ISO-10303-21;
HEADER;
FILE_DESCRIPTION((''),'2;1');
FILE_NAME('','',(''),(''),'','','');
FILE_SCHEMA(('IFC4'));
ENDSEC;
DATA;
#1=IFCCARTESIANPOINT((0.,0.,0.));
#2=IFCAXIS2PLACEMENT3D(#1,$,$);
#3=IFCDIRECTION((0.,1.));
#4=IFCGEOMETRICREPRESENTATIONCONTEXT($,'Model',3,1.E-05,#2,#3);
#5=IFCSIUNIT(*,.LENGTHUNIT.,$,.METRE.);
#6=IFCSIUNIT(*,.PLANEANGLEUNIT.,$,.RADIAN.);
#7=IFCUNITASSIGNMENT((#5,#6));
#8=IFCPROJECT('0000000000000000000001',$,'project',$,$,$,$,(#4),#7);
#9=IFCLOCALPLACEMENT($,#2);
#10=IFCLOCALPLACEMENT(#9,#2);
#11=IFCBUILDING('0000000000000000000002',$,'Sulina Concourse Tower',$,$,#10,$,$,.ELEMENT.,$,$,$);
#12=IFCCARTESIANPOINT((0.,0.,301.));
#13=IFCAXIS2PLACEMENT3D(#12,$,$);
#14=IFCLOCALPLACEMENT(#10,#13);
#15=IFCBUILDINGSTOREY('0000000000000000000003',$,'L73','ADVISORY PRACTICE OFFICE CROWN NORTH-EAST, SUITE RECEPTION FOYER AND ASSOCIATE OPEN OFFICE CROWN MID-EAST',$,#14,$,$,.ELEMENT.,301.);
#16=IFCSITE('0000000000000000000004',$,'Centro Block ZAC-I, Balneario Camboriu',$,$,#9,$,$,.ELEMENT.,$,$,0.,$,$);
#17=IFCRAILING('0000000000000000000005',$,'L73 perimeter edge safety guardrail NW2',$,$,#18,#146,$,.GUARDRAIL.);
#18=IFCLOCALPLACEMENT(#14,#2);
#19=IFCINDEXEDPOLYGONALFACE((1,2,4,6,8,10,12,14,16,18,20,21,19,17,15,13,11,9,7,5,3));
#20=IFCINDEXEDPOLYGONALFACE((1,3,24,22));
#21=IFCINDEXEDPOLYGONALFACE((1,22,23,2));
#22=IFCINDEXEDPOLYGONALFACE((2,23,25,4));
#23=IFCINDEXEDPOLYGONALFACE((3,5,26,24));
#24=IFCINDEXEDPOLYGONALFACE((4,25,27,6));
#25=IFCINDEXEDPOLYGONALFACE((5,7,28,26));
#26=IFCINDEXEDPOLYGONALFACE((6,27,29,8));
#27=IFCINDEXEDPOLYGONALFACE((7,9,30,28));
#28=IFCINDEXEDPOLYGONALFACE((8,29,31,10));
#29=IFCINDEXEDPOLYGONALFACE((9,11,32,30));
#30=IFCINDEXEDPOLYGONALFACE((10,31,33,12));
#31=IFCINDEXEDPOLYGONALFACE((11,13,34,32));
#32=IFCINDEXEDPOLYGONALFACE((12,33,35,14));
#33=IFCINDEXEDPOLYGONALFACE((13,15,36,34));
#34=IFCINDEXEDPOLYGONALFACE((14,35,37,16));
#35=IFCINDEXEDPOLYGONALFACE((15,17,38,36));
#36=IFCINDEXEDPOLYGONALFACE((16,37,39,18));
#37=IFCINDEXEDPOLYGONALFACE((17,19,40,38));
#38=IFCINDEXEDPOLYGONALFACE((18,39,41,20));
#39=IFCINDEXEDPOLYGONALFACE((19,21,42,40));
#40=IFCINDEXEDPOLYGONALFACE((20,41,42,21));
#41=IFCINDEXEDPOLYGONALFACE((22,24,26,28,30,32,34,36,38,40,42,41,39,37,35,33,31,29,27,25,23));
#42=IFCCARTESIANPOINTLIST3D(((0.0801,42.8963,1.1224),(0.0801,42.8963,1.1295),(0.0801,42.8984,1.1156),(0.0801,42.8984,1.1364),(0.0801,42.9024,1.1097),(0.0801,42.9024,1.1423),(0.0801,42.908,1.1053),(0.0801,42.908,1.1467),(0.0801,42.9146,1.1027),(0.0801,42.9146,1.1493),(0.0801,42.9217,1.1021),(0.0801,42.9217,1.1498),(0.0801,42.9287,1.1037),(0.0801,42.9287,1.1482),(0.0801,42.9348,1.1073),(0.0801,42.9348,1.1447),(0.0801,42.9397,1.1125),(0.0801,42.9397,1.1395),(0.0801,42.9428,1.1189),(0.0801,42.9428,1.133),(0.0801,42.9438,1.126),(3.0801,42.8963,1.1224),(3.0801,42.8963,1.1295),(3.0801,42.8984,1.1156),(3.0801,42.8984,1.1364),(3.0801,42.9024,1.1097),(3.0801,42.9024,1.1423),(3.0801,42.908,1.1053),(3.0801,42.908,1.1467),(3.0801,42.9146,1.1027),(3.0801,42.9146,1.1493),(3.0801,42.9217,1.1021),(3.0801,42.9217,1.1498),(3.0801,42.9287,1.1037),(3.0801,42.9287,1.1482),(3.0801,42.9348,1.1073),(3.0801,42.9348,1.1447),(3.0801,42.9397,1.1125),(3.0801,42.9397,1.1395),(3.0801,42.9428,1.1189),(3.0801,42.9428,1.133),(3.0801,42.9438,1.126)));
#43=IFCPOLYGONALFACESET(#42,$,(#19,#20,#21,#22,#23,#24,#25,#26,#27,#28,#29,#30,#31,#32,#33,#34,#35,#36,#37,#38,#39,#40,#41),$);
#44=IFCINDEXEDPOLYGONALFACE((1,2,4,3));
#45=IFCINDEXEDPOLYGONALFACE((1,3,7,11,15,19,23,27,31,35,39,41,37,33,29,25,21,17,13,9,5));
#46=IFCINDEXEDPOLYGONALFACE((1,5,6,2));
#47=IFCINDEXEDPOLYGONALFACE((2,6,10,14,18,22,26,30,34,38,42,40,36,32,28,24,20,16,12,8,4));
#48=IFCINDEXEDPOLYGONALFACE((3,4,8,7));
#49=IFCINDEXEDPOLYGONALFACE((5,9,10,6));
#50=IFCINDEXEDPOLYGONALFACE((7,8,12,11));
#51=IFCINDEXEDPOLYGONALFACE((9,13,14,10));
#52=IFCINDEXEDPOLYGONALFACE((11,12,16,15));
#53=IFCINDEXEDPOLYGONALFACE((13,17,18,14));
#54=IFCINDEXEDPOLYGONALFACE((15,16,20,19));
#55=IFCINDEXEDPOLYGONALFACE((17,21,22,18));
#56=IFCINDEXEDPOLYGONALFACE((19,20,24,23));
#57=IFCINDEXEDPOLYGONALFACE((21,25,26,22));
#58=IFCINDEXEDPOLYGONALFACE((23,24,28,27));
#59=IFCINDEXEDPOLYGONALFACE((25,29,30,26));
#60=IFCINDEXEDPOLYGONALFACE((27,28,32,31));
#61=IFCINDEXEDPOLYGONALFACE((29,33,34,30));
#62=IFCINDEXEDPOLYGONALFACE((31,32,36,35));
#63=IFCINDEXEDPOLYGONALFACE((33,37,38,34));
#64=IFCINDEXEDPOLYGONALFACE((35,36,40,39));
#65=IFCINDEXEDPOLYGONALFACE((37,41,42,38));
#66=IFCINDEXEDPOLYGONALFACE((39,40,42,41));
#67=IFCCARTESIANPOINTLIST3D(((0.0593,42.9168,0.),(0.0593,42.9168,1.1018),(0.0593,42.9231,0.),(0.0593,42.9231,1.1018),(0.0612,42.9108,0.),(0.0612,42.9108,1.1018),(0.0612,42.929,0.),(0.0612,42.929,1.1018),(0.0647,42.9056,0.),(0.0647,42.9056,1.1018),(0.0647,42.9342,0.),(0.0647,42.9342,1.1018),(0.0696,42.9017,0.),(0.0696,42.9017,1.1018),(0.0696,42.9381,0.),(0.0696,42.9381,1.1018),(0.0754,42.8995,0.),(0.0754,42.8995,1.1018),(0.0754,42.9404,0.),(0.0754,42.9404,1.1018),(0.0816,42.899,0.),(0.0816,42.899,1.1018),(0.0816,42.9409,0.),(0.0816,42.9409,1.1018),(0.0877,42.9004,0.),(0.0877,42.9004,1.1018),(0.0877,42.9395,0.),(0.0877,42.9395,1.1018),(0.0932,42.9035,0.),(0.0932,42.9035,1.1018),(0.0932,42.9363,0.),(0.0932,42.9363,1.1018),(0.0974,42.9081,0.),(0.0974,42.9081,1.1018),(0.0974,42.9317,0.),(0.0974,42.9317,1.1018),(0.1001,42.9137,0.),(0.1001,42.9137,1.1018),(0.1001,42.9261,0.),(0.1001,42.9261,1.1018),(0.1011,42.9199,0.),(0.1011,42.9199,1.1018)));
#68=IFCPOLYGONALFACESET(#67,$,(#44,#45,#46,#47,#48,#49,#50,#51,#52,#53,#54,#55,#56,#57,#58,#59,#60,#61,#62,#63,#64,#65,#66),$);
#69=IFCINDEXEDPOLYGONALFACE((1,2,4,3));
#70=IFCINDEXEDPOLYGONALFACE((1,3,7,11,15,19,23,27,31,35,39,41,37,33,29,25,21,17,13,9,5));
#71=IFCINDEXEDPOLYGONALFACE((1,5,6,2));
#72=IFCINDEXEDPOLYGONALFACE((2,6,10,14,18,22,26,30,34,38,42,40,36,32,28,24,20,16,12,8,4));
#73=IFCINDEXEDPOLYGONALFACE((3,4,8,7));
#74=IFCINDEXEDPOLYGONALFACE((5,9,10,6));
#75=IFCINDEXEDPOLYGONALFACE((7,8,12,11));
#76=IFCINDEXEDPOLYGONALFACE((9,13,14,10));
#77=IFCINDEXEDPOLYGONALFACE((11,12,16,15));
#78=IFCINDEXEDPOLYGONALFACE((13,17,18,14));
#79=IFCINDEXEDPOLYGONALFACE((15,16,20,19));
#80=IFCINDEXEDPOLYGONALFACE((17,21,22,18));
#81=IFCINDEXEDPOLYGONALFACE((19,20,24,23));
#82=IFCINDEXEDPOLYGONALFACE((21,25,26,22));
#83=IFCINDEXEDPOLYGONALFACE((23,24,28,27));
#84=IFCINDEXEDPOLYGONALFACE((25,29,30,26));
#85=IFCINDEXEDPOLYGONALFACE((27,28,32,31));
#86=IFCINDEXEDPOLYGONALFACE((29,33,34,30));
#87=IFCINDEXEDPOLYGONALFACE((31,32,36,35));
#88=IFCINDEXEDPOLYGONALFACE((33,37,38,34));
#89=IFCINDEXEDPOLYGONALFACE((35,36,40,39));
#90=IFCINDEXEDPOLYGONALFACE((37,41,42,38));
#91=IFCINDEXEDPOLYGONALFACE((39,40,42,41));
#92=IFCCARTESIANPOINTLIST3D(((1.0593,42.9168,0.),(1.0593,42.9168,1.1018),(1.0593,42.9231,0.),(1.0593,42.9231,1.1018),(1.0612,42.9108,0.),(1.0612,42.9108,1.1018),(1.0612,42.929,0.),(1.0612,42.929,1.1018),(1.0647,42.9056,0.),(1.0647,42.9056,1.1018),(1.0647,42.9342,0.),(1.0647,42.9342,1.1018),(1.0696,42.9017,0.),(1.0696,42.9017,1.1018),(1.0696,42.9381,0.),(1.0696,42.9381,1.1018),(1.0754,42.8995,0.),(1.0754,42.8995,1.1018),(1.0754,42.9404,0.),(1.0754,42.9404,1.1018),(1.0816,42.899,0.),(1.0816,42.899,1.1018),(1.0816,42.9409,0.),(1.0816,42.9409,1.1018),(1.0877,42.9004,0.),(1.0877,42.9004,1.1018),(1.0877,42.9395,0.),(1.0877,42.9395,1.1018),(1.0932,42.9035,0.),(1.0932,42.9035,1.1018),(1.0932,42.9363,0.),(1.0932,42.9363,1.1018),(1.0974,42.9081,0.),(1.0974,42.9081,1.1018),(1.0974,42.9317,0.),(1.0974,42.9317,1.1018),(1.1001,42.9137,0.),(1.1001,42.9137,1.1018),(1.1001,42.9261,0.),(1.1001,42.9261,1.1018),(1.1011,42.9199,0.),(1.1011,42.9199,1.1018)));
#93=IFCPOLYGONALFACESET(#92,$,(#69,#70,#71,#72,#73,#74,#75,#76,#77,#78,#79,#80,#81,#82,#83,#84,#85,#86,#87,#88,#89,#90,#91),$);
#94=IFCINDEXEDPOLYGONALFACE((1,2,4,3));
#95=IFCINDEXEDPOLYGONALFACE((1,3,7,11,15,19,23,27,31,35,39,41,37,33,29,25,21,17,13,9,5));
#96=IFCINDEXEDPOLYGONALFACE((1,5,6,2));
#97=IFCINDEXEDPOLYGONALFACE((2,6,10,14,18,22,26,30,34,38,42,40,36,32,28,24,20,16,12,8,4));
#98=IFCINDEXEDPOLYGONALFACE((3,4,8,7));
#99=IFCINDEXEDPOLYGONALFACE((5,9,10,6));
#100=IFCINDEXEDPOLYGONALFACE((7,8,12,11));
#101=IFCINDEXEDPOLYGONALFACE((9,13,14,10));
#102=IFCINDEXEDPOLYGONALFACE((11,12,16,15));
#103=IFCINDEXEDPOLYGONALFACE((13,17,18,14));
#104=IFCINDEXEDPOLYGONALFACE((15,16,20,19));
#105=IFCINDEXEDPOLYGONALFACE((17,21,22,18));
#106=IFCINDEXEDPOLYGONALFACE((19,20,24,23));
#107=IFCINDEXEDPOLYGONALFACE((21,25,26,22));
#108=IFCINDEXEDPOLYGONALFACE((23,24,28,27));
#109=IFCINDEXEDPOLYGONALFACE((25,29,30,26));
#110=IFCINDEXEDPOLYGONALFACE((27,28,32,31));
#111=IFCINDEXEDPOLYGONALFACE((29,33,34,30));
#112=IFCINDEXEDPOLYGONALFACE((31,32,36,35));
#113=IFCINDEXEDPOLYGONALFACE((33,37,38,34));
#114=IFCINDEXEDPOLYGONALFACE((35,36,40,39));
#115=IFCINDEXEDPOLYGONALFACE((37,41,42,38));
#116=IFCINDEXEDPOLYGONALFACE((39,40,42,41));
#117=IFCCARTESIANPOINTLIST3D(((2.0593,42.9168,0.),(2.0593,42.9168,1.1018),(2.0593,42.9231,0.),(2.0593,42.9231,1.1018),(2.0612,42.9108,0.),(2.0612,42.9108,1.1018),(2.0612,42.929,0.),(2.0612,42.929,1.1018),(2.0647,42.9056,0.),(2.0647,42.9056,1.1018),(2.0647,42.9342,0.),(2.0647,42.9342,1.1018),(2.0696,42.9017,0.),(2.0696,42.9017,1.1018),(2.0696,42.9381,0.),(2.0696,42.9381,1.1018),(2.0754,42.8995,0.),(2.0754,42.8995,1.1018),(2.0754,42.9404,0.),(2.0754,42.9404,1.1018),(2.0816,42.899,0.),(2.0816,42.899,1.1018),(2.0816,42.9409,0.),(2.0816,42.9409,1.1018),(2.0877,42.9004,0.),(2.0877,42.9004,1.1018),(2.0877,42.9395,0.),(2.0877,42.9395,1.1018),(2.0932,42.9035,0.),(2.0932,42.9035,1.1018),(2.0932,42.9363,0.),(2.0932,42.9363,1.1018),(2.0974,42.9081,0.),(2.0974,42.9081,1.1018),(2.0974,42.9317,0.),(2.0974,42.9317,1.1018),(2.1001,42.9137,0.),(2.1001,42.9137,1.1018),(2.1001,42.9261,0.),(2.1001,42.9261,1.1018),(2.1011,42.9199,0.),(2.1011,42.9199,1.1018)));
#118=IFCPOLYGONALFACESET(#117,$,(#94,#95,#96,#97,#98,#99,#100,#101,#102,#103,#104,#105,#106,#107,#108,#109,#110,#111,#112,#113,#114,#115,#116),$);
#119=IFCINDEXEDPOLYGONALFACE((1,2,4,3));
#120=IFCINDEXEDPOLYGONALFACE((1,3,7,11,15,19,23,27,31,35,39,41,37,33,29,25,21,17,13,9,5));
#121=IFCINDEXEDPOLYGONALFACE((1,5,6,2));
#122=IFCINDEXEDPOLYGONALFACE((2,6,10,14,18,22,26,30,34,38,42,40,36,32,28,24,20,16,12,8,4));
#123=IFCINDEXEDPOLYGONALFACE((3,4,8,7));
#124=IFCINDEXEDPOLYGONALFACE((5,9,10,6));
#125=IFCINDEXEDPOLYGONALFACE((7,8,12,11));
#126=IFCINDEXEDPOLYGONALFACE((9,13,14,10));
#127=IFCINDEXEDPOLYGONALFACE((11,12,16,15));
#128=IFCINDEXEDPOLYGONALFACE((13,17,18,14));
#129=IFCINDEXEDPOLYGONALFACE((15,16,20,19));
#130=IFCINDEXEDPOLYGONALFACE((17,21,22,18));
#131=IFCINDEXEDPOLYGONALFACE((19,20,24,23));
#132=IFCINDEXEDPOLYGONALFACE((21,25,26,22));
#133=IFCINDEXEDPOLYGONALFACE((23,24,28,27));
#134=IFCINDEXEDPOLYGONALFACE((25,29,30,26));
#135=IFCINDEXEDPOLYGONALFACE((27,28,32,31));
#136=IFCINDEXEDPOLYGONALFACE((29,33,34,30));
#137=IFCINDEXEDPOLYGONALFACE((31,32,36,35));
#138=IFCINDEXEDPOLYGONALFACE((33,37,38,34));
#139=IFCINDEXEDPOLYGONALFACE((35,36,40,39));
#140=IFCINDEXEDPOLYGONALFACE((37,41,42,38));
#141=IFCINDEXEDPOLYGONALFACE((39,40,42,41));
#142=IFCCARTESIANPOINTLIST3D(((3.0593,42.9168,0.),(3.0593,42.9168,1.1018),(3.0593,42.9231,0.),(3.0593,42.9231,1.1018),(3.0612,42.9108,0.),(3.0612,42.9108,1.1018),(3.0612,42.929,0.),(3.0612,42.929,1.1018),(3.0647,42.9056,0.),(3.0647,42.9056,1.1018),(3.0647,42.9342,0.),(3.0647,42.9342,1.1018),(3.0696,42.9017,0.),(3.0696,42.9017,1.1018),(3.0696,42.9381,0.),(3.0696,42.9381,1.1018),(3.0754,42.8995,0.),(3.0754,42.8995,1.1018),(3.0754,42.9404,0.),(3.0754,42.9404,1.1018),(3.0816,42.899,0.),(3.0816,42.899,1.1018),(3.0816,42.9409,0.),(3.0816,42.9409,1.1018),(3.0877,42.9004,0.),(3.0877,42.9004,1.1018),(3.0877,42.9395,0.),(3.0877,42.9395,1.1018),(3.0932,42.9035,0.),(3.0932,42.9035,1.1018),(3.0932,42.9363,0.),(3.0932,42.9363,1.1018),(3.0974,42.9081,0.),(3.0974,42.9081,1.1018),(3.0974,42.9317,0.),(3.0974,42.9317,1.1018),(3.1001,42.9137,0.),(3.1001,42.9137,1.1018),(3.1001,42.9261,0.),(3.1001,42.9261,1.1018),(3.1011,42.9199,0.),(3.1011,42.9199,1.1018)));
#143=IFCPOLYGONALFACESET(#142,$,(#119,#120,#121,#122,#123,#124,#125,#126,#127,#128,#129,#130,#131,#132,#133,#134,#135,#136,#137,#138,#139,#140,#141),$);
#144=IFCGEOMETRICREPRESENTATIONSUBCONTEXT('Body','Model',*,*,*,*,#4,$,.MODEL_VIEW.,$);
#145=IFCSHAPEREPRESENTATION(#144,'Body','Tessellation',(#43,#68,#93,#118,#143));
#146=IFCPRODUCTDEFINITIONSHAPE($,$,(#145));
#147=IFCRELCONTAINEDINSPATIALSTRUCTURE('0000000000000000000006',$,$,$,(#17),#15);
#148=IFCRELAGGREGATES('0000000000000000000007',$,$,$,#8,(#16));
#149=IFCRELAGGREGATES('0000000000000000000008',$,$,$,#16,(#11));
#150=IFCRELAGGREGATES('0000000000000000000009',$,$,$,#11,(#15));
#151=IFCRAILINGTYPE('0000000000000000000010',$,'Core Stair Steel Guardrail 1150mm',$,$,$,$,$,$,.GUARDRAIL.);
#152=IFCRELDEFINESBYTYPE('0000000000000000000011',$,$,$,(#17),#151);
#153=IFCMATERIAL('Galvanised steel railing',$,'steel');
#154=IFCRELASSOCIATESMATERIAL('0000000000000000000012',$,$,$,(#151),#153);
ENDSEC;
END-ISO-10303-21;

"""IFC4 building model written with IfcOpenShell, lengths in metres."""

from ifc_helpers import new_model, si_unit, direction, frame, origin, origin_2d, place, context, subcontext, project, spatial, circle, extrude, material, type_object, element, save


model = new_model("IFC4")

# Units and contexts
model_context = context("Model", 3, precision=1e-05, world=origin(), true_north=direction((0.0, 1.0)))
body_context = subcontext(model_context, "Body", "Model", "MODEL_VIEW")
ifc_project = project(units=[si_unit("LENGTHUNIT", "METRE"), si_unit("PLANEANGLEUNIT", "RADIAN")], contexts=[model_context])

# Site, building, storey
site_placement = place(None, origin())
site = spatial("IfcSite", under=ifc_project, at=site_placement, Name="Centro Block ZAC-I, Balneario Camboriu", CompositionType="ELEMENT", RefElevation=0.0)
building_placement = place(site_placement, origin())
building = spatial("IfcBuilding", under=site, at=building_placement, Name="Sulina Concourse Tower", CompositionType="ELEMENT")
storey_placement = place(building_placement, frame((0.0, 0.0, 301.0)))
storey = spatial("IfcBuildingStorey", under=building, at=storey_placement, Name="L73", Description="ADVISORY PRACTICE OFFICE CROWN NORTH-EAST, SUITE RECEPTION FOYER AND ASSOCIATE OPEN OFFICE CROWN MID-EAST", CompositionType="ELEMENT", Elevation=301.0)

# Railing
ifc_material_1 = material(Name="Galvanised steel railing", Category="steel")
railing_type_1 = type_object("IfcRailingType", Name="Core Stair Steel Guardrail 1150mm", PredefinedType="GUARDRAIL", material=ifc_material_1)
railing_1_placement = place(storey_placement, frame((0.0801, 42.9199, 0.0)))
element("IfcRailing", 1, at=railing_1_placement, inside=storey, type_object=railing_type_1, Name="L73 perimeter edge safety guardrail NW2", PredefinedType="GUARDRAIL", context=body_context, shape_type="SweptSolid", body=[
    extrude(circle(Radius=0.0239, at=origin_2d()), frame((0.0, 0.0, 1.126), z_axis=(1.0, 0.0, 0.0), x_axis=(0.0, 1.0, 0.0)), (0.0, 0.0, 1.0), 3.0),
    extrude(circle(Radius=0.021, at=origin_2d()), origin(), (0.0, 0.0, 1.0), 1.1018),
    extrude(circle(Radius=0.021, at=origin_2d()), frame((1.0, 0.0, 0.0)), (0.0, 0.0, 1.0), 1.1018),
    extrude(circle(Radius=0.021, at=origin_2d()), frame((2.0, 0.0, 0.0)), (0.0, 0.0, 1.0), 1.1018),
    extrude(circle(Radius=0.021, at=origin_2d()), frame((3.0, 0.0, 0.0)), (0.0, 0.0, 1.0), 1.1018),
])

save(model, "model.ifc")
